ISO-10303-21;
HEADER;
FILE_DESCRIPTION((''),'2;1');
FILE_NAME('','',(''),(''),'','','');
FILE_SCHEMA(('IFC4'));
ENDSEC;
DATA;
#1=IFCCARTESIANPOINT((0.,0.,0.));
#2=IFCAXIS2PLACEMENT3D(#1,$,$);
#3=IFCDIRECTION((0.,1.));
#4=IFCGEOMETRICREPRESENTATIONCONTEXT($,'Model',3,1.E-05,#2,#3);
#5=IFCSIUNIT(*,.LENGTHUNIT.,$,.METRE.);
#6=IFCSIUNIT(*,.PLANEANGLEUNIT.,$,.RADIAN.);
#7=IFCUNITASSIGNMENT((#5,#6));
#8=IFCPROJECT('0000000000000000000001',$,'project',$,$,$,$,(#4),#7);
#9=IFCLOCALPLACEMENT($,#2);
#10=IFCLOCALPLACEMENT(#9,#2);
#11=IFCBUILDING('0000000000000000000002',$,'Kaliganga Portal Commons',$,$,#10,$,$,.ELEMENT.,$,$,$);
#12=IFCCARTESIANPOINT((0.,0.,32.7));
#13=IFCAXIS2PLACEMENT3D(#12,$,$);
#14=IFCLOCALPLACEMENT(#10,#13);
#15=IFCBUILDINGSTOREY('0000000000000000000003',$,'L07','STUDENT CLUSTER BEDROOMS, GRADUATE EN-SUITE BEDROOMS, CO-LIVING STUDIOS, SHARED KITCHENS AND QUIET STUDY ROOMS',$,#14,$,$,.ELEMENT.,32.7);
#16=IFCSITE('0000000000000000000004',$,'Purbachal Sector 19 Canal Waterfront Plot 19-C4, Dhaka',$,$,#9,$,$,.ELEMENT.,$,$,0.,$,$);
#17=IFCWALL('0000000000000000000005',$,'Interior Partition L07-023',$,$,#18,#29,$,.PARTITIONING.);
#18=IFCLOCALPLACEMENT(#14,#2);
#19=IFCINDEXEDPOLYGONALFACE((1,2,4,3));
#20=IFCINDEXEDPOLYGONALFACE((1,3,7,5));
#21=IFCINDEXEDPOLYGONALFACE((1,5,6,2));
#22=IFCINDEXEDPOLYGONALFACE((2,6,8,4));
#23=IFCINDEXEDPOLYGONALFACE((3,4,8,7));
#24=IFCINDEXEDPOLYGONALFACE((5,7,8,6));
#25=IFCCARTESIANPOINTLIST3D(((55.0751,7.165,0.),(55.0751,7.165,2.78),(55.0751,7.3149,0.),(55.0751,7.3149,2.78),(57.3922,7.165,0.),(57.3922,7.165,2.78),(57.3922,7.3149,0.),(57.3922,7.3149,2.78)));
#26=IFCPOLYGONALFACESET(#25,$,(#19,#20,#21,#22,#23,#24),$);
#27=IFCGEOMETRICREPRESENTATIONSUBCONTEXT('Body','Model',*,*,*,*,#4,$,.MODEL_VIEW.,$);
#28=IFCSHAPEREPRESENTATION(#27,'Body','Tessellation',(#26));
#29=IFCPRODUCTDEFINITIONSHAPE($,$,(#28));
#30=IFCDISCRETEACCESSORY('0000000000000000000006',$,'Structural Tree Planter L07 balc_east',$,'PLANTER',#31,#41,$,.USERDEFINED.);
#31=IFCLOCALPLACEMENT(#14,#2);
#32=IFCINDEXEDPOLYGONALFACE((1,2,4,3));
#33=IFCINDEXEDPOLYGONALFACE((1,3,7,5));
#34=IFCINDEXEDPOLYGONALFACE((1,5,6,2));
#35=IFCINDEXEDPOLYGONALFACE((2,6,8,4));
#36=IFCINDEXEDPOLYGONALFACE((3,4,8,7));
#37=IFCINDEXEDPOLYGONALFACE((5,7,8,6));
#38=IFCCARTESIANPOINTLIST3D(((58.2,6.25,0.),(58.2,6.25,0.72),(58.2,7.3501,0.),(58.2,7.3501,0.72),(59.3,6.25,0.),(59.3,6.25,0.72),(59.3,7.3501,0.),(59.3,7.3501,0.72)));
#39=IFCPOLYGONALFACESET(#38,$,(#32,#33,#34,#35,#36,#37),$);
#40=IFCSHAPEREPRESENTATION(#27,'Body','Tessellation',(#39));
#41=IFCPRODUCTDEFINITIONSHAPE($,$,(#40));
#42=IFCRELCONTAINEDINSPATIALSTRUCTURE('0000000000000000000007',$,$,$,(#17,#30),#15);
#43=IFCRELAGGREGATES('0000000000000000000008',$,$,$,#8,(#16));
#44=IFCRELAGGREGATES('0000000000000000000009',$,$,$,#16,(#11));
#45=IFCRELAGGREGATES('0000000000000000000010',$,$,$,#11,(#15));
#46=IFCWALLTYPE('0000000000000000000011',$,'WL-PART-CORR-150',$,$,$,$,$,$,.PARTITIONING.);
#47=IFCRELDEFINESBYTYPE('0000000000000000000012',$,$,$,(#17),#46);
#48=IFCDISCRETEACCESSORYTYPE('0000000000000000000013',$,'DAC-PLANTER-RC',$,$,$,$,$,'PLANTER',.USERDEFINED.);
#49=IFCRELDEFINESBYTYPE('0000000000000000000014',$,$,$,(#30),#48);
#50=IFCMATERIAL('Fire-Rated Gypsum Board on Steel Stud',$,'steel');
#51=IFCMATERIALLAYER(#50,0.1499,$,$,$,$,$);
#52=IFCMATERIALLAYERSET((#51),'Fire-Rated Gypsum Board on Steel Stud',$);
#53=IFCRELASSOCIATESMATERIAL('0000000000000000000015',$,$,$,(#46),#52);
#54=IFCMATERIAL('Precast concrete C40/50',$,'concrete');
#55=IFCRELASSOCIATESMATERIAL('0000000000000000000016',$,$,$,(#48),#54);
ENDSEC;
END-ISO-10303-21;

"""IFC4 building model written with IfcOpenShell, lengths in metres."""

from ifc_helpers import new_model, si_unit, direction, frame, frame_2d, origin, origin_2d, place, context, subcontext, project, spatial, rectangle, extrude, source, transform, mapped, material, layer, layer_set, type_object, element, save


model = new_model("IFC4")

# Units and contexts
model_context = context("Model", 3, precision=1e-05, world=origin(), true_north=direction((0.0, 1.0)))
body_context = subcontext(model_context, "Body", "Model", "MODEL_VIEW")
ifc_project = project(units=[si_unit("LENGTHUNIT", "METRE"), si_unit("PLANEANGLEUNIT", "RADIAN")], contexts=[model_context])

# Site, building, storey
site_placement = place(None, origin())
site = spatial("IfcSite", under=ifc_project, at=site_placement, Name="Purbachal Sector 19 Canal Waterfront Plot 19-C4, Dhaka", CompositionType="ELEMENT", RefElevation=0.0)
building_placement = place(site_placement, origin())
building = spatial("IfcBuilding", under=site, at=building_placement, Name="Kaliganga Portal Commons", CompositionType="ELEMENT")
storey_placement = place(building_placement, frame((0.0, 0.0, 32.7)))
storey = spatial("IfcBuildingStorey", under=building, at=storey_placement, Name="L07", Description="STUDENT CLUSTER BEDROOMS, GRADUATE EN-SUITE BEDROOMS, CO-LIVING STUDIOS, SHARED KITCHENS AND QUIET STUDY ROOMS", CompositionType="ELEMENT", Elevation=32.7)

# Shared definitions
ifc_material_1 = material(Name="Fire-Rated Gypsum Board on Steel Stud", Category="steel")
ifc_layer_1 = layer(ifc_material_1, 0.1499)
ifc_layer_set_1 = layer_set([ifc_layer_1], Name="Fire-Rated Gypsum Board on Steel Stud")
wall_type_1 = type_object("IfcWallType", Name="WL-PART-CORR-150", PredefinedType="PARTITIONING", material=ifc_layer_set_1)

# Wall
wall_1_placement = place(storey_placement, frame((55.075, 7.24, 0.0), z_axis=(0.0, 0.0, 1.0), x_axis=(1.0, 0.0, 0.0)))
element("IfcWall", 1, at=wall_1_placement, inside=storey, type_object=wall_type_1, Name="Interior Partition L07-023", PredefinedType="PARTITIONING", context=body_context, shape_type="SweptSolid", body=[
    extrude(rectangle(XDim=2.3171, YDim=0.1499, at=frame_2d((1.1587, 0.0))), origin(), (0.0, 0.0, 1.0), 2.78),
])

# Discrete accessory
ifc_material_2 = material(Name="Precast concrete C40/50", Category="concrete")
discrete_accessory_type = type_object("IfcDiscreteAccessoryType", Name="DAC-PLANTER-RC", ElementType="PLANTER", PredefinedType="USERDEFINED", material=ifc_material_2)
shared_shape_1 = source(origin(), body_context, "Body", "SweptSolid", [
    extrude(rectangle(XDim=1.1001, YDim=1.1001, at=origin_2d()), origin(), (0.0, 0.0, 1.0), 0.72),
])
discrete_accessory_placement = place(storey_placement, frame((58.75, 6.8, 0.0), z_axis=(0.0, 0.0, 1.0), x_axis=(1.0, 0.0, 0.0)))
element("IfcDiscreteAccessory", 2, at=discrete_accessory_placement, inside=storey, type_object=discrete_accessory_type, Name="Structural Tree Planter L07 balc_east", ObjectType="PLANTER", PredefinedType="USERDEFINED", context=body_context, shape_type="MappedRepresentation", body=[
    mapped(shared_shape_1, transform((0.0, 0.0, 0.0), x_axis=(1.0, 0.0, 0.0), y_axis=(0.0, 1.0, 0.0), z_axis=(0.0, 0.0, 1.0), scale=1.0)),
])

save(model, "model.ifc")
